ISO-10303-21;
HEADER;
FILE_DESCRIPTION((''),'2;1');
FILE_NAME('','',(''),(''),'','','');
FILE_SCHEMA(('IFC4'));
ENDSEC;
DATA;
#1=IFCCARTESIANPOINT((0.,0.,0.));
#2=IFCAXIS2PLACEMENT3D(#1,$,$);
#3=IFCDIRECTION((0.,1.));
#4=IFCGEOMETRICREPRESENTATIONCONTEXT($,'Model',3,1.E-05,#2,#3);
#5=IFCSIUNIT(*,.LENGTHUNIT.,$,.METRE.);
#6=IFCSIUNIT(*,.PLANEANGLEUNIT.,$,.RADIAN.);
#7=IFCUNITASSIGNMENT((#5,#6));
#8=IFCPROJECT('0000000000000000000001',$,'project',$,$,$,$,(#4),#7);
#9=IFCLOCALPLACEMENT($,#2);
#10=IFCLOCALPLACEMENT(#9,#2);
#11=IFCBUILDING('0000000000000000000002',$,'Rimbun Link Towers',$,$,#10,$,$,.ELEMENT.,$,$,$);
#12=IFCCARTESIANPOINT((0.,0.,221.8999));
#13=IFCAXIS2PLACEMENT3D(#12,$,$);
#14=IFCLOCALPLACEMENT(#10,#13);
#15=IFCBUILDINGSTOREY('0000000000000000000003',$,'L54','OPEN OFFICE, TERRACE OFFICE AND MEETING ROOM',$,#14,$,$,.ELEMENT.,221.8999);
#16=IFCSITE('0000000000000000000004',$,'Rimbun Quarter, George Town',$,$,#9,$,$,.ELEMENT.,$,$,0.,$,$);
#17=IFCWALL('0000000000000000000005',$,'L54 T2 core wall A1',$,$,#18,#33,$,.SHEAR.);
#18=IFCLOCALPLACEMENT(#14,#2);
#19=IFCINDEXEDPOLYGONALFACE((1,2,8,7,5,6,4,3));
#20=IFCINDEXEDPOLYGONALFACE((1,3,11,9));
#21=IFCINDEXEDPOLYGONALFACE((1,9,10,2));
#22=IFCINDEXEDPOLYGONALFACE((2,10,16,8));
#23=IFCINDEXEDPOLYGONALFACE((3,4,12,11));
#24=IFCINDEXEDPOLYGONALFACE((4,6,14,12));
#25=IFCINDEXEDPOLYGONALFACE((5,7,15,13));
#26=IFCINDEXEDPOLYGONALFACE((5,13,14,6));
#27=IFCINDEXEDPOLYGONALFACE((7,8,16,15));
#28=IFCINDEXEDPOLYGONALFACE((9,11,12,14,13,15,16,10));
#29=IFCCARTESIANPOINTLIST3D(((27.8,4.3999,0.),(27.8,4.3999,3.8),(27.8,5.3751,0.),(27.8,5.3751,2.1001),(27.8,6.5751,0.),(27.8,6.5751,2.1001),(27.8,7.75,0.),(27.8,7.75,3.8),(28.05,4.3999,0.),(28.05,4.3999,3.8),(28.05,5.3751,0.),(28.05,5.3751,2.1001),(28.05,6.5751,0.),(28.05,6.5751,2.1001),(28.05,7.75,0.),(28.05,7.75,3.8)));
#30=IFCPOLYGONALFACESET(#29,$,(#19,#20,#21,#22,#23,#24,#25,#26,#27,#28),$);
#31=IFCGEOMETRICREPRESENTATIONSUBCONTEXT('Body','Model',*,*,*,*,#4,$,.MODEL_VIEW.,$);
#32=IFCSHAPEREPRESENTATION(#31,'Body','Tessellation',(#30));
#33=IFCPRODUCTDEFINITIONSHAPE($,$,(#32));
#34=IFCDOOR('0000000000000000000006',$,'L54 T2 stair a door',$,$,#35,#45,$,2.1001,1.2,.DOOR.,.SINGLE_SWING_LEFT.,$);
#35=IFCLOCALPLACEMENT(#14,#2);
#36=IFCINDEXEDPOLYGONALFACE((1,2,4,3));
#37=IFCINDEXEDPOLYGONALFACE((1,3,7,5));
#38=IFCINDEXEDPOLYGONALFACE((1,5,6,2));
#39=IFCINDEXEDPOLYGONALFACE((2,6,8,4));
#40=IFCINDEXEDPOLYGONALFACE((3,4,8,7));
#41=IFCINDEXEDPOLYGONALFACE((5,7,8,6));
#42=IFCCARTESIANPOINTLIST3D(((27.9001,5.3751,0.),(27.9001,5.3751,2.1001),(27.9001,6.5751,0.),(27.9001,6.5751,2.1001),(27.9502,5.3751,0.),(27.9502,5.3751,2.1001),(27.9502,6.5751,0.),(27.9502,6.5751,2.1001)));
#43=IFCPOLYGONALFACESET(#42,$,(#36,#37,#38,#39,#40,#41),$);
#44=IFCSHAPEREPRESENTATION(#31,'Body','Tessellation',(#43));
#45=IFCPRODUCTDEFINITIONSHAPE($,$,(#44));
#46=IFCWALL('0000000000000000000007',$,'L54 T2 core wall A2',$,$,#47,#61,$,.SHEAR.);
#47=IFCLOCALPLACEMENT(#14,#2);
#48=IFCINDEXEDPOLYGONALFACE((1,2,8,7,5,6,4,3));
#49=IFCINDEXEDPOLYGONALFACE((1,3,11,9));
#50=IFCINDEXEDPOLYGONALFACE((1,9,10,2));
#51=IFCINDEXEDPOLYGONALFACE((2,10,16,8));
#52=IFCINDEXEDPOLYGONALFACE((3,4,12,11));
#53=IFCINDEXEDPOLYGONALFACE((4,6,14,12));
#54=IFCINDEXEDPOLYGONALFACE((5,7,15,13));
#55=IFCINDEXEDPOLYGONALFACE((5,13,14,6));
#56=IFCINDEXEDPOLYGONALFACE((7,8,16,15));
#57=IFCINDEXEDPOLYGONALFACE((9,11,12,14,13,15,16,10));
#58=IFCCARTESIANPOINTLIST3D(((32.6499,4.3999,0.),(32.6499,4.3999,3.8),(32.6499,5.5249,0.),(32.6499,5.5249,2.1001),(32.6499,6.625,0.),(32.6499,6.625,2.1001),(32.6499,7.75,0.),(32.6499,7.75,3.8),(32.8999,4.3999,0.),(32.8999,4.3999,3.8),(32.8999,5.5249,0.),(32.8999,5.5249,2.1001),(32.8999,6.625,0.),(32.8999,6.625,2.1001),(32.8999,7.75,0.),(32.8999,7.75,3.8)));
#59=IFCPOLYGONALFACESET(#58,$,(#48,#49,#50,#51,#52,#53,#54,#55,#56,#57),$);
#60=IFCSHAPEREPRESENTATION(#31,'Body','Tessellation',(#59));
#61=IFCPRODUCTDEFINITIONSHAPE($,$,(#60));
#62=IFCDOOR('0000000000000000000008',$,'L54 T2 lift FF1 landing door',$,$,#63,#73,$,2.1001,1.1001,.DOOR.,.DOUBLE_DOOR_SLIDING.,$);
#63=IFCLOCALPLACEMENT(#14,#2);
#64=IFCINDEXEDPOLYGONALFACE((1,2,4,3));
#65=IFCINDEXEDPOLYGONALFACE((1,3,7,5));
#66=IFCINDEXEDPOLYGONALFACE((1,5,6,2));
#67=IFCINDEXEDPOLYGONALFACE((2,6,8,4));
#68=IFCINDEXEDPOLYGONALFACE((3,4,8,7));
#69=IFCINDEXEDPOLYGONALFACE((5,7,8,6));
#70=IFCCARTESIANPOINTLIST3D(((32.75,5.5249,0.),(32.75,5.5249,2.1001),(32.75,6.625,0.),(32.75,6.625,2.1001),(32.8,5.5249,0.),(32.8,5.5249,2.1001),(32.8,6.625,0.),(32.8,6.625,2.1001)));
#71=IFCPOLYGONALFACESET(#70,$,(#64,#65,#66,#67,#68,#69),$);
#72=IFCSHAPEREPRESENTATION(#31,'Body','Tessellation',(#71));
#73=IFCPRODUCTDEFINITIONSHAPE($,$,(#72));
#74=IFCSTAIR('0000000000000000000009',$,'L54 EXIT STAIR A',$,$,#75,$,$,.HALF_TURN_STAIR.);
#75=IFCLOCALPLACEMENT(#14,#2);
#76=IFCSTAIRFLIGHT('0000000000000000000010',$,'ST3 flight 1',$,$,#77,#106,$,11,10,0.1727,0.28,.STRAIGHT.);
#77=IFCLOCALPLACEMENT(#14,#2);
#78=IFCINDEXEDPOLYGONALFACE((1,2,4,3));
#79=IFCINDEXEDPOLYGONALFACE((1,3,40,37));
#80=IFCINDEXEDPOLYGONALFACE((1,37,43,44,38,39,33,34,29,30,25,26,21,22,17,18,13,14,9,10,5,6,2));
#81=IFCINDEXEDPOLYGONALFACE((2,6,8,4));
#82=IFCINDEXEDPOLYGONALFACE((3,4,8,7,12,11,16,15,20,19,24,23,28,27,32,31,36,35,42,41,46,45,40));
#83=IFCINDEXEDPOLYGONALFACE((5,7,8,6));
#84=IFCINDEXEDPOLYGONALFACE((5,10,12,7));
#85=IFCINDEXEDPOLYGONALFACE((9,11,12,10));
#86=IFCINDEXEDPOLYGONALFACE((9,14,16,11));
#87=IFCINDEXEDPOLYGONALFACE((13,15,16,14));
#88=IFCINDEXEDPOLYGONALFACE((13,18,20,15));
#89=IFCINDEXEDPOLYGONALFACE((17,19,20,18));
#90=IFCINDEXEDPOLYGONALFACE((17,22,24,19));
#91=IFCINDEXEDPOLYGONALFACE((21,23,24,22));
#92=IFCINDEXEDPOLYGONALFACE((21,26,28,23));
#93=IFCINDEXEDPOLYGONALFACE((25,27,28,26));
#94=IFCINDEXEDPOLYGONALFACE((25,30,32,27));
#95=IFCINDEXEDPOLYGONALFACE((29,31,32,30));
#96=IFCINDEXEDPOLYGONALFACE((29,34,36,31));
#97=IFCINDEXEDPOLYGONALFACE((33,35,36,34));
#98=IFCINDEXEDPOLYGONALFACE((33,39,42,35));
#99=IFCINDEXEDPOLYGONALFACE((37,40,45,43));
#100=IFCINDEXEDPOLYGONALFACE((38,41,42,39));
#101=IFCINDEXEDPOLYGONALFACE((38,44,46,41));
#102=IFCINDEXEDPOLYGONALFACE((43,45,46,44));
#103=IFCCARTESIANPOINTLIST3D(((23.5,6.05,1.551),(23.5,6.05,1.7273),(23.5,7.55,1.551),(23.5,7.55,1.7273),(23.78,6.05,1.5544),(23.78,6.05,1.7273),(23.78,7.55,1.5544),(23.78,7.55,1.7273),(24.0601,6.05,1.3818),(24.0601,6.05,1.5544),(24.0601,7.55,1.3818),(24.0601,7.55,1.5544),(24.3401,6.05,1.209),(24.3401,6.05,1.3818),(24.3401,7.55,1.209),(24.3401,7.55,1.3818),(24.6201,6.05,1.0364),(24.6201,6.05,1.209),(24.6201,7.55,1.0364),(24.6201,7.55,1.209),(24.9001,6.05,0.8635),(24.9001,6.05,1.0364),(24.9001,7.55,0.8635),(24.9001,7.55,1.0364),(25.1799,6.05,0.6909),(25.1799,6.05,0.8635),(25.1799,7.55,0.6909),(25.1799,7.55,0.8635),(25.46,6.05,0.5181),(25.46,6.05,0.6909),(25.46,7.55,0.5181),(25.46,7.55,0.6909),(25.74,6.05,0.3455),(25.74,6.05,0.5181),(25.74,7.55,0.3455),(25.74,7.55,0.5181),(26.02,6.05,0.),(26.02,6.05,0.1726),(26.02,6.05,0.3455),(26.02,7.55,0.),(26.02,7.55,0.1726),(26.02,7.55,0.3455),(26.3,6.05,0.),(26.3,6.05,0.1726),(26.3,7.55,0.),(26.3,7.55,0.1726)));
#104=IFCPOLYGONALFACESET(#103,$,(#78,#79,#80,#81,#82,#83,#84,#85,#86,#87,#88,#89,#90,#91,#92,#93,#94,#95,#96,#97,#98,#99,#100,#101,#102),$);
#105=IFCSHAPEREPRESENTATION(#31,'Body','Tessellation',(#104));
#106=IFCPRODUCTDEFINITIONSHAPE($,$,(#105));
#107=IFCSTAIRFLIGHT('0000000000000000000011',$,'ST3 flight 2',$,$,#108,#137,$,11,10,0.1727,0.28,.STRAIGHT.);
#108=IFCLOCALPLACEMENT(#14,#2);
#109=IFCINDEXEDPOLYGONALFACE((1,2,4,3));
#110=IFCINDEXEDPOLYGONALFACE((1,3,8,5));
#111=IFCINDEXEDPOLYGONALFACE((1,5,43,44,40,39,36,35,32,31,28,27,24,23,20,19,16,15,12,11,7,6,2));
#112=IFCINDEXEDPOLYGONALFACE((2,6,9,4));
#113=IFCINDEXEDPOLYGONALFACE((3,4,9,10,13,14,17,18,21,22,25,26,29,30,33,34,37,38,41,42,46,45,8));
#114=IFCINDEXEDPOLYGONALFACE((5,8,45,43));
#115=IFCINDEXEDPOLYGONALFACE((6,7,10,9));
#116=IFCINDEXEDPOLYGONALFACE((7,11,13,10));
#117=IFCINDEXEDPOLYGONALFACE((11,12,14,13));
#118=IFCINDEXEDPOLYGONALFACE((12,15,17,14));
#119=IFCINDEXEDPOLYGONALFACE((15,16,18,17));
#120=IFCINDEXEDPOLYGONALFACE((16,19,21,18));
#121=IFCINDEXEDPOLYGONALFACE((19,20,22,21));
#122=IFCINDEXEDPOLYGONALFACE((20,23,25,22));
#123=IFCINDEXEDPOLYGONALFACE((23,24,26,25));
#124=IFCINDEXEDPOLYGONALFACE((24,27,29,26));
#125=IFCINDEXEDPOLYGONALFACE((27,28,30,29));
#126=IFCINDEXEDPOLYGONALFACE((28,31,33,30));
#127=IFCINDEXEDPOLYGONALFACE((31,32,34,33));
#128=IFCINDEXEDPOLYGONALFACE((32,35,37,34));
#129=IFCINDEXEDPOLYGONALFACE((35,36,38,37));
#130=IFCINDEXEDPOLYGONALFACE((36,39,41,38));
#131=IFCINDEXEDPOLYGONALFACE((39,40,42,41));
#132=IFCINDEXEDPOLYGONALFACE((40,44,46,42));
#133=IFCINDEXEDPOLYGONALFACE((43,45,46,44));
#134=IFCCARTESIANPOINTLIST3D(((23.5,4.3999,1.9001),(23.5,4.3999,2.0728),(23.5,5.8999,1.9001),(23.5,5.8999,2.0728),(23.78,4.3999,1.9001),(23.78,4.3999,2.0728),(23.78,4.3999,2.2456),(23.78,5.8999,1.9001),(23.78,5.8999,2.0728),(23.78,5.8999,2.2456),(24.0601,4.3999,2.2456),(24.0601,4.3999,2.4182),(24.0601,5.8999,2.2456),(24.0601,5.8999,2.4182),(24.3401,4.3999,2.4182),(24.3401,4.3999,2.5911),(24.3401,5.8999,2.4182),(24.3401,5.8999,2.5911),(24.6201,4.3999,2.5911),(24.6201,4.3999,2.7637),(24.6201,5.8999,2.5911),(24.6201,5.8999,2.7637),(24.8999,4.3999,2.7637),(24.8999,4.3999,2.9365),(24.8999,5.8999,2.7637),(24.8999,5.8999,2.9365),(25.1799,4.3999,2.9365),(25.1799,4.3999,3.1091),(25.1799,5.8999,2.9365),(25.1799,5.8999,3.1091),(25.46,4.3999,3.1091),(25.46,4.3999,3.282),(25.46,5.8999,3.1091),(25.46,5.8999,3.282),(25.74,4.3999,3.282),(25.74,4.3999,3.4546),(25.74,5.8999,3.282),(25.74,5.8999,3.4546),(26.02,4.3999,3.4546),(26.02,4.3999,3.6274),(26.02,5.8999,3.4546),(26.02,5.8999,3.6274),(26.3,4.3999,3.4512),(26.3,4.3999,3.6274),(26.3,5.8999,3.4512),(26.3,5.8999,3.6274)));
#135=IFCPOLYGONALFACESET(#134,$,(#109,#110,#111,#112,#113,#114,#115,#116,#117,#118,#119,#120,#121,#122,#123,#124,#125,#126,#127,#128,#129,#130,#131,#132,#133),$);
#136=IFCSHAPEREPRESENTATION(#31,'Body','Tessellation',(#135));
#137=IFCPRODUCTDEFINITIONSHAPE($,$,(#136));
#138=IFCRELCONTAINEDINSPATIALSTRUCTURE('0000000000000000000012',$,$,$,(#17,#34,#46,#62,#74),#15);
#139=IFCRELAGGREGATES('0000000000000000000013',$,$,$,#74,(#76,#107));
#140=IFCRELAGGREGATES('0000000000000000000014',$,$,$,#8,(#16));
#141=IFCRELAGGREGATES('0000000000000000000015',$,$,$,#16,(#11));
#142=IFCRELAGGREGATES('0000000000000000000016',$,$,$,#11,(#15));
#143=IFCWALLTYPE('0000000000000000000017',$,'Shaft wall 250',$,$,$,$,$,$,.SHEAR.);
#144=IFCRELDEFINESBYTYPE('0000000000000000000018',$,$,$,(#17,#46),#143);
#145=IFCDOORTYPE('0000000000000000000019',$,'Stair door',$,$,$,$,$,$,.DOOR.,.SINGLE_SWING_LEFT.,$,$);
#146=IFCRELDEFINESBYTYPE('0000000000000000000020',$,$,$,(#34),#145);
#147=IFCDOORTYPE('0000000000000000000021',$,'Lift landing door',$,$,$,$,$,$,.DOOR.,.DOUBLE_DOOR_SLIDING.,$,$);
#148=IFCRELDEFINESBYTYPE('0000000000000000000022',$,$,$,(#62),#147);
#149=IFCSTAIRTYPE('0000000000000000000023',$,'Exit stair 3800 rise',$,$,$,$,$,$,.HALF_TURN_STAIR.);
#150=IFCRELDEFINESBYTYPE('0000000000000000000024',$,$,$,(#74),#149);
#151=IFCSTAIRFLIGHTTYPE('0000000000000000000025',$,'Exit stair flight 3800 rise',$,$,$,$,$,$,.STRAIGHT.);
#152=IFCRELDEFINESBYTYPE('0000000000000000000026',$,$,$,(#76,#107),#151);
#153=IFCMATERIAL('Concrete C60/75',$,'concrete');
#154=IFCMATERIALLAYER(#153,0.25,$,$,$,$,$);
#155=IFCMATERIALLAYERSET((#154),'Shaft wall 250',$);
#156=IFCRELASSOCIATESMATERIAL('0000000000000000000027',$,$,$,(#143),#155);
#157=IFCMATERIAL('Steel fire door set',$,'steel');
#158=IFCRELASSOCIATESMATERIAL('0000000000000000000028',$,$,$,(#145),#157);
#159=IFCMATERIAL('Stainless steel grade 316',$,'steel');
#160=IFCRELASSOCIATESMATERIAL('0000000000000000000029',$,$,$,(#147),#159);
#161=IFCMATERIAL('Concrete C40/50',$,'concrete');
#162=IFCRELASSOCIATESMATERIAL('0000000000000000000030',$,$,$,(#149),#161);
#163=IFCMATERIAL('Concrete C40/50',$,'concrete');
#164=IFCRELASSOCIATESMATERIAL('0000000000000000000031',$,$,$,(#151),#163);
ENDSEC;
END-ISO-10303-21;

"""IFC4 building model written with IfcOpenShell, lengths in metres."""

from ifc_helpers import new_model, si_unit, direction, frame, frame_2d, origin, place, context, subcontext, project, spatial, polyline, rectangle, outline, extrude, material, layer, layer_set, type_object, element, fill, aggregate, save


model = new_model("IFC4")

# Units and contexts
model_context = context("Model", 3, precision=1e-05, world=origin(), true_north=direction((0.0, 1.0)))
body_context = subcontext(model_context, "Body", "Model", "MODEL_VIEW")
ifc_project = project(units=[si_unit("LENGTHUNIT", "METRE"), si_unit("PLANEANGLEUNIT", "RADIAN")], contexts=[model_context])

# Site, building, storey
site_placement = place(None, origin())
site = spatial("IfcSite", under=ifc_project, at=site_placement, Name="Rimbun Quarter, George Town", CompositionType="ELEMENT", RefElevation=0.0)
building_placement = place(site_placement, origin())
building = spatial("IfcBuilding", under=site, at=building_placement, Name="Rimbun Link Towers", CompositionType="ELEMENT")
storey_placement = place(building_placement, frame((0.0, 0.0, 221.8999)))
storey = spatial("IfcBuildingStorey", under=building, at=storey_placement, Name="L54", Description="OPEN OFFICE, TERRACE OFFICE AND MEETING ROOM", CompositionType="ELEMENT", Elevation=221.8999)

# Shared definitions
ifc_material_1 = material(Name="Concrete C60/75", Category="concrete")
ifc_layer = layer(ifc_material_1, 0.25)
ifc_layer_set = layer_set([ifc_layer], Name="Shaft wall 250")
wall_type = type_object("IfcWallType", Name="Shaft wall 250", PredefinedType="SHEAR", material=ifc_layer_set)

# Walls, openings, doors
wall_1_placement = place(storey_placement, frame((27.925, 4.3999, 0.0), z_axis=(0.0, 0.0, 1.0), x_axis=(0.0, 1.0, 0.0)))
wall_1 = element("IfcWall", 1, at=wall_1_placement, inside=storey, type_object=wall_type, Name="L54 T2 core wall A1", PredefinedType="SHEAR", context=body_context, shape_type="SweptSolid", body=[
    extrude(rectangle(XDim=3.3501, YDim=0.25, at=frame_2d((1.675, 0.0))), origin(), (0.0, 0.0, 1.0), 3.8),
])
opening_1_placement = place(wall_1_placement, frame((0.9751, 0.0, 0.0)))
opening_1 = element("IfcOpeningElement", 2, at=opening_1_placement, cuts=wall_1, PredefinedType="OPENING", context=body_context, shape_type="SweptSolid", body=[
    extrude(rectangle(XDim=1.2, YDim=2.1001, at=frame_2d((0.6001, 1.05))), frame((0.0, 0.135, 0.0), z_axis=(0.0, -1.0, 0.0), x_axis=(1.0, 0.0, 0.0)), (0.0, 0.0, 1.0), 0.27),
])
ifc_material_2 = material(Name="Steel fire door set", Category="steel")
door_type_1 = type_object("IfcDoorType", Name="Stair door", OperationType="SINGLE_SWING_LEFT", PredefinedType="DOOR", material=ifc_material_2)
door_1_placement = place(opening_1_placement, origin())
door_1 = element("IfcDoor", 3, at=door_1_placement, inside=storey, type_object=door_type_1, Name="L54 T2 stair a door", OperationType="SINGLE_SWING_LEFT", OverallHeight=2.1001, OverallWidth=1.2, PredefinedType="DOOR", context=body_context, shape_type="SweptSolid", body=[
    extrude(rectangle(XDim=1.2, YDim=2.1001, at=frame_2d((0.6001, 1.05))), frame((0.0, 0.0249, 0.0), z_axis=(0.0, -1.0, 0.0), x_axis=(1.0, 0.0, 0.0)), (0.0, 0.0, 1.0), 0.05),
])
fill(opening_1, door_1)
wall_2_placement = place(storey_placement, frame((32.7749, 4.3999, 0.0), z_axis=(0.0, 0.0, 1.0), x_axis=(0.0, 1.0, 0.0)))
wall_2 = element("IfcWall", 4, at=wall_2_placement, inside=storey, type_object=wall_type, Name="L54 T2 core wall A2", PredefinedType="SHEAR", context=body_context, shape_type="SweptSolid", body=[
    extrude(rectangle(XDim=3.3501, YDim=0.25, at=frame_2d((1.675, 0.0))), origin(), (0.0, 0.0, 1.0), 3.8),
])
opening_2_placement = place(wall_2_placement, frame((1.125, 0.0, 0.0)))
opening_2 = element("IfcOpeningElement", 5, at=opening_2_placement, cuts=wall_2, PredefinedType="OPENING", context=body_context, shape_type="SweptSolid", body=[
    extrude(rectangle(XDim=1.1001, YDim=2.1001, at=frame_2d((0.55, 1.05))), frame((0.0, 0.135, 0.0), z_axis=(0.0, -1.0, 0.0), x_axis=(1.0, 0.0, 0.0)), (0.0, 0.0, 1.0), 0.27),
])
ifc_material_3 = material(Name="Stainless steel grade 316", Category="steel")
door_type_2 = type_object("IfcDoorType", Name="Lift landing door", OperationType="DOUBLE_DOOR_SLIDING", PredefinedType="DOOR", material=ifc_material_3)
door_2_placement = place(opening_2_placement, origin())
door_2 = element("IfcDoor", 6, at=door_2_placement, inside=storey, type_object=door_type_2, Name="L54 T2 lift FF1 landing door", OperationType="DOUBLE_DOOR_SLIDING", OverallHeight=2.1001, OverallWidth=1.1001, PredefinedType="DOOR", context=body_context, shape_type="SweptSolid", body=[
    extrude(rectangle(XDim=1.1001, YDim=2.1001, at=frame_2d((0.55, 1.05))), frame((0.0, 0.0249, 0.0), z_axis=(0.0, -1.0, 0.0), x_axis=(1.0, 0.0, 0.0)), (0.0, 0.0, 1.0), 0.05),
])
fill(opening_2, door_2)

# Stair, stair flights
ifc_material_4 = material(Name="Concrete C40/50", Category="concrete")
stair_type = type_object("IfcStairType", Name="Exit stair 3800 rise", PredefinedType="HALF_TURN_STAIR", material=ifc_material_4)
stair_placement = place(storey_placement, origin())
stair = element("IfcStair", 7, at=stair_placement, inside=storey, type_object=stair_type, Name="L54 EXIT STAIR A", PredefinedType="HALF_TURN_STAIR")
ifc_material_5 = material(Name="Concrete C40/50", Category="concrete")
stair_flight_type = type_object("IfcStairFlightType", Name="Exit stair flight 3800 rise", PredefinedType="STRAIGHT", material=ifc_material_5)
stair_flight_1_placement = place(storey_placement, frame((26.3, 6.8, 0.0), z_axis=(0.0, 0.0, 1.0), x_axis=(-1.0, 0.0, 0.0)))
stair_flight_1 = element("IfcStairFlight", 8, at=stair_flight_1_placement, type_object=stair_flight_type, Name="ST3 flight 1", NumberOfRisers=11, NumberOfTreads=10, PredefinedType="STRAIGHT", RiserHeight=0.1727, TreadLength=0.28, context=body_context, shape_type="SweptSolid", body=[
    extrude(outline(polyline([(0.0, 0.0), (0.0, 0.1726), (0.28, 0.1726), (0.28, 0.3455), (0.5601, 0.3455), (0.5601, 0.5181), (0.8401, 0.5181), (0.8401, 0.6909), (1.1201, 0.6909), (1.1201, 0.8635), (1.3999, 0.8635), (1.3999, 1.0364), (1.6799, 1.0364), (1.6799, 1.209), (1.96, 1.209), (1.96, 1.3818), (2.24, 1.3818), (2.24, 1.5544), (2.52, 1.5544), (2.52, 1.7273), (2.8, 1.7273), (2.8, 1.8999), (2.8, 1.551), (0.28, 0.0), (0.0, 0.0)])), frame((0.0, 0.75, 0.0), z_axis=(0.0, -1.0, 0.0), x_axis=(1.0, 0.0, 0.0)), (0.0, 0.0, 1.0), 1.5),
])
stair_flight_2_placement = place(storey_placement, frame((23.5, 5.1499, 1.9001), z_axis=(0.0, 0.0, 1.0), x_axis=(1.0, 0.0, 0.0)))
stair_flight_2 = element("IfcStairFlight", 9, at=stair_flight_2_placement, type_object=stair_flight_type, Name="ST3 flight 2", NumberOfRisers=11, NumberOfTreads=10, PredefinedType="STRAIGHT", RiserHeight=0.1727, TreadLength=0.28, context=body_context, shape_type="SweptSolid", body=[
    extrude(outline(polyline([(0.0, 0.0), (0.0, 0.1726), (0.28, 0.1726), (0.28, 0.3455), (0.5601, 0.3455), (0.5601, 0.5181), (0.8401, 0.5181), (0.8401, 0.6909), (1.1201, 0.6909), (1.1201, 0.8635), (1.3999, 0.8635), (1.3999, 1.0364), (1.6799, 1.0364), (1.6799, 1.209), (1.96, 1.209), (1.96, 1.3818), (2.24, 1.3818), (2.24, 1.5544), (2.52, 1.5544), (2.52, 1.7273), (2.8, 1.7273), (2.8, 1.8999), (2.8, 1.551), (0.28, 0.0), (0.0, 0.0)])), frame((0.0, 0.75, 0.0), z_axis=(0.0, -1.0, 0.0), x_axis=(1.0, 0.0, 0.0)), (0.0, 0.0, 1.0), 1.5),
])
aggregate(stair, [stair_flight_1, stair_flight_2])

save(model, "model.ifc")
